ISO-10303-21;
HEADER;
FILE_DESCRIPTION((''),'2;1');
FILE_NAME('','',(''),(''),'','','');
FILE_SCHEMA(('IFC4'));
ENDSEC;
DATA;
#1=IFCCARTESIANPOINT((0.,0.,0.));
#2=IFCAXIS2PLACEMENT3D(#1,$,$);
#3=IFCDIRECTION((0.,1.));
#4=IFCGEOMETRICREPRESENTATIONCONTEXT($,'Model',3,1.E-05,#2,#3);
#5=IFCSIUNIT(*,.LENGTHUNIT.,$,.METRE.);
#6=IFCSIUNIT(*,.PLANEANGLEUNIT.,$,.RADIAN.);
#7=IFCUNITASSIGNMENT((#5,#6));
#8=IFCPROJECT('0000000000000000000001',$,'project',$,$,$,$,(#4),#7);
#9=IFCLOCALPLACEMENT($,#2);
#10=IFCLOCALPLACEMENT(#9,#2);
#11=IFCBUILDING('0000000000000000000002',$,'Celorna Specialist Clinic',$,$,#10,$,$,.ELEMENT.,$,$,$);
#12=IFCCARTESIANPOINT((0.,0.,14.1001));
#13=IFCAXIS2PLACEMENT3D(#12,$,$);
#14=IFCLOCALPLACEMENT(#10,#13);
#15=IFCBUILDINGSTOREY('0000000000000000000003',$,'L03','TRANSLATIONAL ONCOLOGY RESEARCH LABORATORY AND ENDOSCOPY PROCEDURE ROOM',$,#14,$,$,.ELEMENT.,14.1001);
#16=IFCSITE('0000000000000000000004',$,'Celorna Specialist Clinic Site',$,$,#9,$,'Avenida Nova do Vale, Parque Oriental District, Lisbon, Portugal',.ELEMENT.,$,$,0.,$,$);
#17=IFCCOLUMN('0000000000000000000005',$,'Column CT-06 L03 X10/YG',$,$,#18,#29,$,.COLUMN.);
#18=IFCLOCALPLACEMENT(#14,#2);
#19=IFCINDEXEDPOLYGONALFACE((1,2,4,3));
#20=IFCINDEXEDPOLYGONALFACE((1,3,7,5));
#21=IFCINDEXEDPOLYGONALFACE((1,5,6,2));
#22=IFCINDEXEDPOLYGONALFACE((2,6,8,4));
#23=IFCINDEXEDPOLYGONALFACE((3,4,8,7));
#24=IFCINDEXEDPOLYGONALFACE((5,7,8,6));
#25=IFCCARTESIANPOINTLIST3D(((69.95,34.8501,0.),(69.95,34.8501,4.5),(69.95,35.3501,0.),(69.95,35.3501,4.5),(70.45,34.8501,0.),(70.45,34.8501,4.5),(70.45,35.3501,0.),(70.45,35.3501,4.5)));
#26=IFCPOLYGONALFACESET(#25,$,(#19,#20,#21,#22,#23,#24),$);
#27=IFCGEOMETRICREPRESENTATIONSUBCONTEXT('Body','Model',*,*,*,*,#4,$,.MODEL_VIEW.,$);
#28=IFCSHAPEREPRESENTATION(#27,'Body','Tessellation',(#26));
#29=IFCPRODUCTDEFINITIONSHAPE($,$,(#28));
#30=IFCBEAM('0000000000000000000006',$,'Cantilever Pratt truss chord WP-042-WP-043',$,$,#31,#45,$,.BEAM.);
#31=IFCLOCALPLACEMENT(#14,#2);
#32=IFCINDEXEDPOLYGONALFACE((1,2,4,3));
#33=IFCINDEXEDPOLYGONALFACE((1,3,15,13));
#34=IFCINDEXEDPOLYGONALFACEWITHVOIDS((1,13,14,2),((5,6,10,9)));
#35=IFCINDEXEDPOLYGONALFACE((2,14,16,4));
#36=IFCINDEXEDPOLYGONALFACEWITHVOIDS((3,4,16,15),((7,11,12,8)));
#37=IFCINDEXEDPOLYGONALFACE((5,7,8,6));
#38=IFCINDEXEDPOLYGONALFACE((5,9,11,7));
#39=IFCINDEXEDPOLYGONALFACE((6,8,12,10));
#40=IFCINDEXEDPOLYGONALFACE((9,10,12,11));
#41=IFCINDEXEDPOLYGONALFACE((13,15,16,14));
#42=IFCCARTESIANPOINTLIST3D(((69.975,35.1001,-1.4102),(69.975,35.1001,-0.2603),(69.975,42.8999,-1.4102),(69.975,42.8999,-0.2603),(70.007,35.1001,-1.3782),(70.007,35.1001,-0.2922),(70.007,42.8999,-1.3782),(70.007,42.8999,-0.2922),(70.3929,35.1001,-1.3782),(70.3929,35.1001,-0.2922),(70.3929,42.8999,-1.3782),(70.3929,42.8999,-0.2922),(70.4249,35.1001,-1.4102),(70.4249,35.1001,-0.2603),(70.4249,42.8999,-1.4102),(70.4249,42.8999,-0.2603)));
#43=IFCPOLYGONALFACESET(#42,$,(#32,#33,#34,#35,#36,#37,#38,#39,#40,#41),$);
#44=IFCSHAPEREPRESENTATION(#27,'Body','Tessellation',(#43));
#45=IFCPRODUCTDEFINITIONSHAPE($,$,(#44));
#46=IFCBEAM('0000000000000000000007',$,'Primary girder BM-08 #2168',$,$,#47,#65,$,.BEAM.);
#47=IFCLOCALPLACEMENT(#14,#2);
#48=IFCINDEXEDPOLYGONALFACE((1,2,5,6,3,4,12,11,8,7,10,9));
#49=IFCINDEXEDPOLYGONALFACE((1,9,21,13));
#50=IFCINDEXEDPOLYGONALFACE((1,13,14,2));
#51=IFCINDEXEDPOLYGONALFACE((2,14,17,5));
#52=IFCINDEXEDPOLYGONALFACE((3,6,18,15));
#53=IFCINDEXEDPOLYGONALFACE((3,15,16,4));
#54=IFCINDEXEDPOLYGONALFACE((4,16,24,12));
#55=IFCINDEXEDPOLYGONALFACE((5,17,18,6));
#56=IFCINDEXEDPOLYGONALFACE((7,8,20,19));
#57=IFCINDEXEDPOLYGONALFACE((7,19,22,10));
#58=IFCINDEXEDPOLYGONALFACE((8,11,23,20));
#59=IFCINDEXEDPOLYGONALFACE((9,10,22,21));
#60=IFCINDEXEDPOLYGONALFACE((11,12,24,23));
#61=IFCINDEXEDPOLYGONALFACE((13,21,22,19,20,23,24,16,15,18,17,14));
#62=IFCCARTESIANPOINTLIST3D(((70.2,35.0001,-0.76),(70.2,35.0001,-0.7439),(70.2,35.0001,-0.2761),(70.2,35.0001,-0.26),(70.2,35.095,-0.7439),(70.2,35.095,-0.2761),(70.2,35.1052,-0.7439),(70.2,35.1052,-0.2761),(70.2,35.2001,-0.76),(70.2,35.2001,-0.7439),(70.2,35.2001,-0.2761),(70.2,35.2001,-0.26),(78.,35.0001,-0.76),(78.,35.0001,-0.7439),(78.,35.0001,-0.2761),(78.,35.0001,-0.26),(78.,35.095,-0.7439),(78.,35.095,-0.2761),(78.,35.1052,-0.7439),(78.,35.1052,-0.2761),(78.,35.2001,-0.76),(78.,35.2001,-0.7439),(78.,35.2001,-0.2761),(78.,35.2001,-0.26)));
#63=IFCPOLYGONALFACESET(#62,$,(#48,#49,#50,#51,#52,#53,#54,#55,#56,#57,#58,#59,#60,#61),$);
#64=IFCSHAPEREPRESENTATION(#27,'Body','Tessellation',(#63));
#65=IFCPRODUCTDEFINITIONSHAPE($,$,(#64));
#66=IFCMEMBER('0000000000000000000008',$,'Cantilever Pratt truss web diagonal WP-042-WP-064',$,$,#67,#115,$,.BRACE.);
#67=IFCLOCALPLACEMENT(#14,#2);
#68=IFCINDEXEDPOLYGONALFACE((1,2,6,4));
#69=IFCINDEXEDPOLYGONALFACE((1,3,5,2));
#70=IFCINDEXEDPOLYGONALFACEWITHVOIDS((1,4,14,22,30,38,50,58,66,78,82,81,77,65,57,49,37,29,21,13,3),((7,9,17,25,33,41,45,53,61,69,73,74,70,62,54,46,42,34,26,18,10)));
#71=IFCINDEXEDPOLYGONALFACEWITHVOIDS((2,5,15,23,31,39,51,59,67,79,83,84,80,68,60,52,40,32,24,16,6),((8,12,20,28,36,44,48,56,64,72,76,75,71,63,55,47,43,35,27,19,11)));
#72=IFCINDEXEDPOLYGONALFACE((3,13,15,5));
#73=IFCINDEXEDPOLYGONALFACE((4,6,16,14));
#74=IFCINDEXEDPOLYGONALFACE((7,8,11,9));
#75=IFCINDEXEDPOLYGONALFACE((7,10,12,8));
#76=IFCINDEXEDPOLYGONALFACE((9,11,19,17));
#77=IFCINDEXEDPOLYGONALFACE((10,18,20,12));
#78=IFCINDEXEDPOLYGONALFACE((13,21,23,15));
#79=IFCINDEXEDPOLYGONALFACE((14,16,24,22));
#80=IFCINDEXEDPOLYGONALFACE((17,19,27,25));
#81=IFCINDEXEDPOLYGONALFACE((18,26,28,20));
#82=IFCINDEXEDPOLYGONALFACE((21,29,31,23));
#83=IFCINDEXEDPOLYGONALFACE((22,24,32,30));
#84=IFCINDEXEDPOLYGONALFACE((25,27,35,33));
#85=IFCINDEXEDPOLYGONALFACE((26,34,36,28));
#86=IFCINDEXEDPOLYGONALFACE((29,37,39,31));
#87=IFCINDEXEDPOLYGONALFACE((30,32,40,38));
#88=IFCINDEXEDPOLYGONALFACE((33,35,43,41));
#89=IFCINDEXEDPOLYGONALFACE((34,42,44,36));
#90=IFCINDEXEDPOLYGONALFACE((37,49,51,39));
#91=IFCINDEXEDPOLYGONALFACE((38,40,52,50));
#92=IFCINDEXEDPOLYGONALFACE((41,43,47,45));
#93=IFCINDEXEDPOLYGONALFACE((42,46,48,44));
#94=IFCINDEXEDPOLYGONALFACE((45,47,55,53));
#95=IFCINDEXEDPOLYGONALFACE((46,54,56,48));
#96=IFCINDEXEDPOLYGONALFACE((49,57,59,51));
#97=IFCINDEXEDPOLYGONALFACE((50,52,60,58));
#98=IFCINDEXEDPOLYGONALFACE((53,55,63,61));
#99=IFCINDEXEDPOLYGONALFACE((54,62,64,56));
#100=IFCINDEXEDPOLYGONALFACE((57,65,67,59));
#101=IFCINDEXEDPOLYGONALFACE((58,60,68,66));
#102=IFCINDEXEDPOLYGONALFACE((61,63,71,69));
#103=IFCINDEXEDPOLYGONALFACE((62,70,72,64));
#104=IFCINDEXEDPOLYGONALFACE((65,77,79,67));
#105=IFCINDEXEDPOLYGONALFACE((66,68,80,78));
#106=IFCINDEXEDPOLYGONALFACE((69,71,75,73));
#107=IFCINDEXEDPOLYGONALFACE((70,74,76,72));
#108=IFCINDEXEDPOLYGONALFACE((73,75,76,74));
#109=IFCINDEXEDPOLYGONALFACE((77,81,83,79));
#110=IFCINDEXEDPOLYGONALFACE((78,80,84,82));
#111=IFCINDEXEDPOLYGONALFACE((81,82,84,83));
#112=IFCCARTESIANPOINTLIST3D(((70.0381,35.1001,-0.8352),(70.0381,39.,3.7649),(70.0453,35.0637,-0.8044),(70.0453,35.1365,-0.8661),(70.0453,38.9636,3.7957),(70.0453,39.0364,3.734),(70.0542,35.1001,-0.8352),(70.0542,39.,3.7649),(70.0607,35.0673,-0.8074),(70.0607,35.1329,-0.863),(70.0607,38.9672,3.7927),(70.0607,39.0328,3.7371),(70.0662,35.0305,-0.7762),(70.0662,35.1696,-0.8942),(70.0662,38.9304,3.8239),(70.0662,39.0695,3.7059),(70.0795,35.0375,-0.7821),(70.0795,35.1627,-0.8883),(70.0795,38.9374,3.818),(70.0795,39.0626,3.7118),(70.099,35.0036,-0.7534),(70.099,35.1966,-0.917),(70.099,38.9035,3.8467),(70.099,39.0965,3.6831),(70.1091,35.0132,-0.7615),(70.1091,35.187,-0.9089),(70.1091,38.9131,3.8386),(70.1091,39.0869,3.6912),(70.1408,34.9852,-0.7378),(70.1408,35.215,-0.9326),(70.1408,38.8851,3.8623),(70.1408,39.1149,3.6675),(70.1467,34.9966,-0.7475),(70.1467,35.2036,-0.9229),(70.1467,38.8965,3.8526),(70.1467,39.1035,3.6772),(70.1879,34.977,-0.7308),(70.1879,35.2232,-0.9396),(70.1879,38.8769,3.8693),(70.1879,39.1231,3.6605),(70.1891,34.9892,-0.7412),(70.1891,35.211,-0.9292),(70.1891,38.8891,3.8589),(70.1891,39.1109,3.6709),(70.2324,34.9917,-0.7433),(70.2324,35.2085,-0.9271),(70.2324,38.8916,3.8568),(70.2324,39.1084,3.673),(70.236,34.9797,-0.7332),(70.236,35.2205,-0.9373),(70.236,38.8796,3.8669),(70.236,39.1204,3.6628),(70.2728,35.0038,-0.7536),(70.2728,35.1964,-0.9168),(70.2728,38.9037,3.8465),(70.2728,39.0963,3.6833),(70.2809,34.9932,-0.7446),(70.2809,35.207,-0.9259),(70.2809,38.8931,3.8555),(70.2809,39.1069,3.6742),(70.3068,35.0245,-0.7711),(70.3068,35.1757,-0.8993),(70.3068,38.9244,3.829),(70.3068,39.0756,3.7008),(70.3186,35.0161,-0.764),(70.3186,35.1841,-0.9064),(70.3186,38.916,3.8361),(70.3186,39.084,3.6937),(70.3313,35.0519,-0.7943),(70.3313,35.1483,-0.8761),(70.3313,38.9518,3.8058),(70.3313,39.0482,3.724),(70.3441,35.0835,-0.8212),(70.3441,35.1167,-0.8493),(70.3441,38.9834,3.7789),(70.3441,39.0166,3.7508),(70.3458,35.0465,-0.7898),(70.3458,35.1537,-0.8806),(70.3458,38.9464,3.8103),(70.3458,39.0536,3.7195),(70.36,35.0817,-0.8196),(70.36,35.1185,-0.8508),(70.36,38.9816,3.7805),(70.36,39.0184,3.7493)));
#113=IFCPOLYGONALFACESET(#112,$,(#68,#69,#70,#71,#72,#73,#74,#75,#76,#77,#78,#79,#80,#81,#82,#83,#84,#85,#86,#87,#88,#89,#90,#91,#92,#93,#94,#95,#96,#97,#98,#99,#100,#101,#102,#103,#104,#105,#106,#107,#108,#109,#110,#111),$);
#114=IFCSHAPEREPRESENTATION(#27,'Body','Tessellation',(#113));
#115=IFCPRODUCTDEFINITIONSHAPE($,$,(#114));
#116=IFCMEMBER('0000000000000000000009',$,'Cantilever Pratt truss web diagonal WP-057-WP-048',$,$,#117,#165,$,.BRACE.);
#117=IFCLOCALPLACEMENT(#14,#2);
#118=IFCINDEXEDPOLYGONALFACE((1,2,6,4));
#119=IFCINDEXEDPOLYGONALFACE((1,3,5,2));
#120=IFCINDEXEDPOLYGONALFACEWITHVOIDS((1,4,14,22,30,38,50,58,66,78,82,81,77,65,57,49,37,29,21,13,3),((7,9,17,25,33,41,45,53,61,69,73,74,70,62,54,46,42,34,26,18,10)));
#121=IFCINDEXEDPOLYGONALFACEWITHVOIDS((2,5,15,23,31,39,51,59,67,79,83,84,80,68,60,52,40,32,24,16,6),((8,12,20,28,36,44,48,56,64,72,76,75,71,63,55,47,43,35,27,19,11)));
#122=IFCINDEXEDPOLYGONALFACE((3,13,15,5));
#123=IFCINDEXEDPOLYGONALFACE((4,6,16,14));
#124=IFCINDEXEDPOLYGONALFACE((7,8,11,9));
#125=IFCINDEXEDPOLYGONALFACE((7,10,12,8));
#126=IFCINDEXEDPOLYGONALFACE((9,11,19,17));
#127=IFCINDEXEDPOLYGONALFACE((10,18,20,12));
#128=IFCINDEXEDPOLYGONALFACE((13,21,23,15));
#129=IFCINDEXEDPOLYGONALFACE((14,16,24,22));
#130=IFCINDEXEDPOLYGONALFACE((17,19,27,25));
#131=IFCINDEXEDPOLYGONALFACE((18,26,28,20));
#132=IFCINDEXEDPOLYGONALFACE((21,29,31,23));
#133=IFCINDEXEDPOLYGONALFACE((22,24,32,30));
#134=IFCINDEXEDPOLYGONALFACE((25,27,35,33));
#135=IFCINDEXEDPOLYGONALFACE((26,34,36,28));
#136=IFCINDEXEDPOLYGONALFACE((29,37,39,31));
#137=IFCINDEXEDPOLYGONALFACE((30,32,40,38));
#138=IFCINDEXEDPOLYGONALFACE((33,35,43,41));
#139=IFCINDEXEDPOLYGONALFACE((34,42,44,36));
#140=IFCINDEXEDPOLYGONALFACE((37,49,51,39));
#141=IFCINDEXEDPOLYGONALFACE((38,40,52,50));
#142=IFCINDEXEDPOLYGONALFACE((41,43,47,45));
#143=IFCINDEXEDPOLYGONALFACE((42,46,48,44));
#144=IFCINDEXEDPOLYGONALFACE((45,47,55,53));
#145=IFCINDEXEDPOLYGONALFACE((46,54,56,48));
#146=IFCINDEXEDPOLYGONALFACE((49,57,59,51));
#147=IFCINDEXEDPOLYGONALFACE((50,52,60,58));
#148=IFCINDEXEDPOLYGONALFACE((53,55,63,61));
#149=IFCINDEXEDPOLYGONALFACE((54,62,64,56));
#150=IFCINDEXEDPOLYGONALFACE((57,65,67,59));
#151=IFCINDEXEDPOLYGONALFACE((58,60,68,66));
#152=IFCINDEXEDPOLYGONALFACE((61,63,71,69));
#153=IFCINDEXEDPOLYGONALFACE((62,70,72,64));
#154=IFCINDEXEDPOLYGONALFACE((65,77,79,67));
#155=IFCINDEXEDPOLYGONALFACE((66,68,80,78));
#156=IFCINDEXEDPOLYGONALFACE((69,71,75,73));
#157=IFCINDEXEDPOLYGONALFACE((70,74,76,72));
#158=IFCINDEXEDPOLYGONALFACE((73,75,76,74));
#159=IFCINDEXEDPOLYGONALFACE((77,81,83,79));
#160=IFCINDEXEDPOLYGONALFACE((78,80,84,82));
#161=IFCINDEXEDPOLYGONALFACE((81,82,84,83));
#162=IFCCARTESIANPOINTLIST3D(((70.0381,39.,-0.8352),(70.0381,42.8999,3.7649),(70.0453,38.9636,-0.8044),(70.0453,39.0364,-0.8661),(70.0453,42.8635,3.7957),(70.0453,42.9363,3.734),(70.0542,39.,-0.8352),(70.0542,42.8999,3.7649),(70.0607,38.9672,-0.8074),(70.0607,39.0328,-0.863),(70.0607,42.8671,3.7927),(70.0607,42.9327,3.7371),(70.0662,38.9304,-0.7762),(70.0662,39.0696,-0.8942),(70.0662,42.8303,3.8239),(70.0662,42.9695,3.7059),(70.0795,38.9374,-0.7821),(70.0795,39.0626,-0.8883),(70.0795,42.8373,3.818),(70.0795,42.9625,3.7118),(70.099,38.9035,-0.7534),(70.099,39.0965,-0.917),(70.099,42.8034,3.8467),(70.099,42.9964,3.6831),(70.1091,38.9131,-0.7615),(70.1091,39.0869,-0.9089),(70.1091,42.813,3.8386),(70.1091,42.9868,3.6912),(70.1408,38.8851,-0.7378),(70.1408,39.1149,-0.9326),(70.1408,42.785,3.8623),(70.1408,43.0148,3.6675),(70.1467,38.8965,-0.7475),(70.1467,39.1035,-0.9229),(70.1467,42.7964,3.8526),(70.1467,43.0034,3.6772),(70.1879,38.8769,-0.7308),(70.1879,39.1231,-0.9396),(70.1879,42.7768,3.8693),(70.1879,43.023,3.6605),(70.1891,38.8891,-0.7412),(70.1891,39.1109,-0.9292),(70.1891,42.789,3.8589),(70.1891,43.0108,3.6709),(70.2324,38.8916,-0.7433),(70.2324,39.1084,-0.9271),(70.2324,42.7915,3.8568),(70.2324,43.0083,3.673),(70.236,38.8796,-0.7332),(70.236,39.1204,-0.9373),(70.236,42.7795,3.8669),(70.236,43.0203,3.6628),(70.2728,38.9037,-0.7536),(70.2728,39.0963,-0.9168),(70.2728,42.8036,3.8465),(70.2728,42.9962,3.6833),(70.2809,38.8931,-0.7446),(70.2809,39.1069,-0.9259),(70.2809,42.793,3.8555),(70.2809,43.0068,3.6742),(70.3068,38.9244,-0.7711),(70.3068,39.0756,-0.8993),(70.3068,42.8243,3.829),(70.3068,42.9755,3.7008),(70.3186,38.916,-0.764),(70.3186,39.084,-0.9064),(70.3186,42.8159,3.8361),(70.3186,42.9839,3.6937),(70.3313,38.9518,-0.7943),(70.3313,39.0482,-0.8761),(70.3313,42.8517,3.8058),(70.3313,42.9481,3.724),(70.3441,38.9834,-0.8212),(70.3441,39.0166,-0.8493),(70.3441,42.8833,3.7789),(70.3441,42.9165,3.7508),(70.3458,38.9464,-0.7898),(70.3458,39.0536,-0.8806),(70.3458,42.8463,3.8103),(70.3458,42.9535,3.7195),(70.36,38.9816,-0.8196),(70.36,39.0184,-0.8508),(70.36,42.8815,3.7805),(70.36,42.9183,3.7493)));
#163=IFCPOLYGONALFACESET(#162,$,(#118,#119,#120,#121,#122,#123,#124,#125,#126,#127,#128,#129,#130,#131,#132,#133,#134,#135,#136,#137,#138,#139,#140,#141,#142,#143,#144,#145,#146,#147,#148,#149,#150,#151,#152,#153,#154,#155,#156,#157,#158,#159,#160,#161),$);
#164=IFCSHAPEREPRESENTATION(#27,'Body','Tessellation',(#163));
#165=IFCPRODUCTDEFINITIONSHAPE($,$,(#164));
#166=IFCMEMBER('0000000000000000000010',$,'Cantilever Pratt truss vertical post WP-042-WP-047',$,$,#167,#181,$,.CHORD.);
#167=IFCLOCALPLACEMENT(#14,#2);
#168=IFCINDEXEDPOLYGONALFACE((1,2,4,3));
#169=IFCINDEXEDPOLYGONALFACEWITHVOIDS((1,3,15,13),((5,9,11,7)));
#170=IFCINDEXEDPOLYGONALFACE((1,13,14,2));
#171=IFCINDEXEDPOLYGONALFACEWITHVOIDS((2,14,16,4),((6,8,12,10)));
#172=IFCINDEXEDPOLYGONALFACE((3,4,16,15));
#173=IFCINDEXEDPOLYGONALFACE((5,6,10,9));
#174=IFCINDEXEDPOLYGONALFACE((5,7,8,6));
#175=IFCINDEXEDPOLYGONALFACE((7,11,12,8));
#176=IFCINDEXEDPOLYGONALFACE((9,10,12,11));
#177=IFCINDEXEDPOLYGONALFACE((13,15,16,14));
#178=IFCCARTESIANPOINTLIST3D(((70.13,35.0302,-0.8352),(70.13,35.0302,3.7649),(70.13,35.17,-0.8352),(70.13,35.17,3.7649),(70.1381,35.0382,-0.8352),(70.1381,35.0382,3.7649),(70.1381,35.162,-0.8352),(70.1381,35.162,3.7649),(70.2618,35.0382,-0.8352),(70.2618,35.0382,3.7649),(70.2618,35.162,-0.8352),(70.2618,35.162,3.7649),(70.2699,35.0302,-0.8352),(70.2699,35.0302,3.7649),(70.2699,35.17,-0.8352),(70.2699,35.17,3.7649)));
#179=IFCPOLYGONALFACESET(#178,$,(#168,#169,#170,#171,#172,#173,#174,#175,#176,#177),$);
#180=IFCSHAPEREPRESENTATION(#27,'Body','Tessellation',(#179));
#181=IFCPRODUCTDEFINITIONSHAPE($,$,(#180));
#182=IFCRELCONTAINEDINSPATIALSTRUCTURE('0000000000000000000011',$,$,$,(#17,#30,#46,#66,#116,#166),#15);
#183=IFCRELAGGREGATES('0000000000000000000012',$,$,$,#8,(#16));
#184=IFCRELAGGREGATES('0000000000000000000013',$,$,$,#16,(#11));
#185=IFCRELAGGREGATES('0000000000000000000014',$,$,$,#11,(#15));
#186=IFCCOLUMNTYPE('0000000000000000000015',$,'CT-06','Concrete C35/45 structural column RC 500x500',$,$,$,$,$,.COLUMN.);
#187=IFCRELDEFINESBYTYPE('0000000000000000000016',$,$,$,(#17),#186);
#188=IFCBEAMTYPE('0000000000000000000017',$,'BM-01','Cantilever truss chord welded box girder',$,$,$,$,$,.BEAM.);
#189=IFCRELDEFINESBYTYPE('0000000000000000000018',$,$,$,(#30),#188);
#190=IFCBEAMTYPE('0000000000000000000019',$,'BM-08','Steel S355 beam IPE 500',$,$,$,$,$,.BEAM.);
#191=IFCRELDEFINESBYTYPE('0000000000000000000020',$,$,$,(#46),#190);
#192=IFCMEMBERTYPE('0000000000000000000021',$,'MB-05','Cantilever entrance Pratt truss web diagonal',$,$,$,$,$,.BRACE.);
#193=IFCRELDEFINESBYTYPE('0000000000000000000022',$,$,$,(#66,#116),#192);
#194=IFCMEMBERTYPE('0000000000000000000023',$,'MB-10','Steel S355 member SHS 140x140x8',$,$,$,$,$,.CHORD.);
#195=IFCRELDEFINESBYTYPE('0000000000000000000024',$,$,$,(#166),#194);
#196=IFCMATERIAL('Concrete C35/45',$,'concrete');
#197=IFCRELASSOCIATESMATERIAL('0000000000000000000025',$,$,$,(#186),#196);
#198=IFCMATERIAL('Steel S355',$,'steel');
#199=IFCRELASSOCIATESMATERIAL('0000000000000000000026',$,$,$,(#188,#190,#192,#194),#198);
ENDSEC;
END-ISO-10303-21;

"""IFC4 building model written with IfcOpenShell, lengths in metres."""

from ifc_helpers import new_model, si_unit, direction, frame, origin, origin_2d, place, context, subcontext, project, spatial, rectangle, hollow_rectangle, hollow_circle, i_section, extrude, material, material_profile, profile_set, type_object, element, save


model = new_model("IFC4")

# Units and contexts
model_context = context("Model", 3, precision=1e-05, world=origin(), true_north=direction((0.0, 1.0)))
body_context = subcontext(model_context, "Body", "Model", "MODEL_VIEW")
ifc_project = project(units=[si_unit("LENGTHUNIT", "METRE"), si_unit("PLANEANGLEUNIT", "RADIAN")], contexts=[model_context])

# Site, building, storey
site_placement = place(None, origin())
site = spatial("IfcSite", under=ifc_project, at=site_placement, Name="Celorna Specialist Clinic Site", LongName="Avenida Nova do Vale, Parque Oriental District, Lisbon, Portugal", CompositionType="ELEMENT", RefElevation=0.0)
building_placement = place(site_placement, origin())
building = spatial("IfcBuilding", under=site, at=building_placement, Name="Celorna Specialist Clinic", CompositionType="ELEMENT")
storey_placement = place(building_placement, frame((0.0, 0.0, 14.1001)))
storey = spatial("IfcBuildingStorey", under=building, at=storey_placement, Name="L03", Description="TRANSLATIONAL ONCOLOGY RESEARCH LABORATORY AND ENDOSCOPY PROCEDURE ROOM", CompositionType="ELEMENT", Elevation=14.1001)

# Column
ifc_material_1 = material(Name="Concrete C35/45", Category="concrete")
ifc_material_profile_1 = material_profile(ifc_material_1, rectangle(XDim=0.5, YDim=0.5, at=origin_2d()), Name="RC 500x500")
ifc_profile_set_1 = profile_set([ifc_material_profile_1], Name="Concrete C35/45")
column_type = type_object("IfcColumnType", Name="CT-06", Description="Concrete C35/45 structural column RC 500x500", PredefinedType="COLUMN", material=ifc_profile_set_1)
column_placement = place(storey_placement, frame((70.2, 35.1001, 0.0), z_axis=(0.0, 0.0, 1.0), x_axis=(1.0, 0.0, 0.0)))
element("IfcColumn", 1, at=column_placement, inside=storey, type_object=column_type, Name="Column CT-06 L03 X10/YG", PredefinedType="COLUMN", context=body_context, shape_type="SweptSolid", body=[
    extrude(rectangle(XDim=0.5, YDim=0.5, at=origin_2d()), origin(), (0.0, 0.0, 1.0), 4.5),
])

# Beams
ifc_material_2 = material(Name="Steel S355", Category="steel")
ifc_material_profile_2 = material_profile(ifc_material_2, hollow_rectangle(XDim=0.45, YDim=1.1499, WallThickness=0.032, at=origin_2d()), Name="BOX 450x1150x32")
ifc_profile_set_2 = profile_set([ifc_material_profile_2], Name="Steel S355")
beam_type_1 = type_object("IfcBeamType", Name="BM-01", Description="Cantilever truss chord welded box girder", PredefinedType="BEAM", material=ifc_profile_set_2)
beam_1_placement = place(storey_placement, frame((70.2, 35.1001, -0.8352), z_axis=(0.0, 1.0, 0.0), x_axis=(-1.0, 0.0, 0.0)))
element("IfcBeam", 2, at=beam_1_placement, inside=storey, type_object=beam_type_1, Name="Cantilever Pratt truss chord WP-042-WP-043", PredefinedType="BEAM", context=body_context, shape_type="SweptSolid", body=[
    extrude(hollow_rectangle(XDim=0.45, YDim=1.1499, WallThickness=0.032, at=origin_2d()), origin(), (0.0, 0.0, 1.0), 7.7998),
])
ifc_material_profile_3 = material_profile(ifc_material_2, i_section(OverallWidth=0.2, OverallDepth=0.5, WebThickness=0.0103, FlangeThickness=0.0161, at=origin_2d()), Name="IPE 500")
ifc_profile_set_3 = profile_set([ifc_material_profile_3], Name="Steel S355")
beam_type_2 = type_object("IfcBeamType", Name="BM-08", Description="Steel S355 beam IPE 500", PredefinedType="BEAM", material=ifc_profile_set_3)
beam_2_placement = place(storey_placement, frame((70.2, 35.1001, -0.51), z_axis=(1.0, 0.0, 0.0), x_axis=(0.0, 1.0, 0.0)))
element("IfcBeam", 3, at=beam_2_placement, inside=storey, type_object=beam_type_2, Name="Primary girder BM-08 #2168", PredefinedType="BEAM", context=body_context, shape_type="SweptSolid", body=[
    extrude(i_section(OverallWidth=0.2, OverallDepth=0.5, WebThickness=0.0103, FlangeThickness=0.0161, at=origin_2d()), origin(), (0.0, 0.0, 1.0), 7.8),
])

# Members
ifc_material_profile_4 = material_profile(ifc_material_2, hollow_circle(Radius=0.1619, WallThickness=0.0161, at=origin_2d()), Name="CHS 323.9x16")
ifc_profile_set_4 = profile_set([ifc_material_profile_4], Name="Steel S355")
member_type_1 = type_object("IfcMemberType", Name="MB-05", Description="Cantilever entrance Pratt truss web diagonal", PredefinedType="BRACE", material=ifc_profile_set_4)
for number, where, z_axis, x_axis, name in (
    (4, (70.2, 35.1001, -0.8352), (0.0, 0.646668, 0.762772), (-1.0, 0.0, 0.0), "Cantilever Pratt truss web diagonal WP-042-WP-064"),
    (5, (70.2, 39.0, -0.8352), (0.0, 0.646668, 0.762772), (-1.0, 0.0, 0.0), "Cantilever Pratt truss web diagonal WP-057-WP-048"),
):
    element("IfcMember", number, at=place(storey_placement, frame(where, z_axis=z_axis, x_axis=x_axis)), inside=storey, type_object=member_type_1, Name=name, PredefinedType="BRACE", context=body_context, shape_type="SweptSolid", body=[
        extrude(hollow_circle(Radius=0.1619, WallThickness=0.0161, at=origin_2d()), origin(), (0.0, 0.0, 1.0), 6.0308),
    ])
ifc_material_profile_5 = material_profile(ifc_material_2, hollow_rectangle(XDim=0.1399, YDim=0.1399, WallThickness=0.0081, at=origin_2d()), Name="SHS 140x140x8")
ifc_profile_set_5 = profile_set([ifc_material_profile_5], Name="Steel S355")
member_type_2 = type_object("IfcMemberType", Name="MB-10", Description="Steel S355 member SHS 140x140x8", PredefinedType="CHORD", material=ifc_profile_set_5)
member_placement = place(storey_placement, frame((70.2, 35.1001, -0.8352), z_axis=(0.0, 0.0, 1.0), x_axis=(1.0, 0.0, 0.0)))
element("IfcMember", 6, at=member_placement, inside=storey, type_object=member_type_2, Name="Cantilever Pratt truss vertical post WP-042-WP-047", PredefinedType="CHORD", context=body_context, shape_type="SweptSolid", body=[
    extrude(hollow_rectangle(XDim=0.1399, YDim=0.1399, WallThickness=0.0081, at=origin_2d()), origin(), (0.0, 0.0, 1.0), 4.6001),
])

save(model, "model.ifc")
